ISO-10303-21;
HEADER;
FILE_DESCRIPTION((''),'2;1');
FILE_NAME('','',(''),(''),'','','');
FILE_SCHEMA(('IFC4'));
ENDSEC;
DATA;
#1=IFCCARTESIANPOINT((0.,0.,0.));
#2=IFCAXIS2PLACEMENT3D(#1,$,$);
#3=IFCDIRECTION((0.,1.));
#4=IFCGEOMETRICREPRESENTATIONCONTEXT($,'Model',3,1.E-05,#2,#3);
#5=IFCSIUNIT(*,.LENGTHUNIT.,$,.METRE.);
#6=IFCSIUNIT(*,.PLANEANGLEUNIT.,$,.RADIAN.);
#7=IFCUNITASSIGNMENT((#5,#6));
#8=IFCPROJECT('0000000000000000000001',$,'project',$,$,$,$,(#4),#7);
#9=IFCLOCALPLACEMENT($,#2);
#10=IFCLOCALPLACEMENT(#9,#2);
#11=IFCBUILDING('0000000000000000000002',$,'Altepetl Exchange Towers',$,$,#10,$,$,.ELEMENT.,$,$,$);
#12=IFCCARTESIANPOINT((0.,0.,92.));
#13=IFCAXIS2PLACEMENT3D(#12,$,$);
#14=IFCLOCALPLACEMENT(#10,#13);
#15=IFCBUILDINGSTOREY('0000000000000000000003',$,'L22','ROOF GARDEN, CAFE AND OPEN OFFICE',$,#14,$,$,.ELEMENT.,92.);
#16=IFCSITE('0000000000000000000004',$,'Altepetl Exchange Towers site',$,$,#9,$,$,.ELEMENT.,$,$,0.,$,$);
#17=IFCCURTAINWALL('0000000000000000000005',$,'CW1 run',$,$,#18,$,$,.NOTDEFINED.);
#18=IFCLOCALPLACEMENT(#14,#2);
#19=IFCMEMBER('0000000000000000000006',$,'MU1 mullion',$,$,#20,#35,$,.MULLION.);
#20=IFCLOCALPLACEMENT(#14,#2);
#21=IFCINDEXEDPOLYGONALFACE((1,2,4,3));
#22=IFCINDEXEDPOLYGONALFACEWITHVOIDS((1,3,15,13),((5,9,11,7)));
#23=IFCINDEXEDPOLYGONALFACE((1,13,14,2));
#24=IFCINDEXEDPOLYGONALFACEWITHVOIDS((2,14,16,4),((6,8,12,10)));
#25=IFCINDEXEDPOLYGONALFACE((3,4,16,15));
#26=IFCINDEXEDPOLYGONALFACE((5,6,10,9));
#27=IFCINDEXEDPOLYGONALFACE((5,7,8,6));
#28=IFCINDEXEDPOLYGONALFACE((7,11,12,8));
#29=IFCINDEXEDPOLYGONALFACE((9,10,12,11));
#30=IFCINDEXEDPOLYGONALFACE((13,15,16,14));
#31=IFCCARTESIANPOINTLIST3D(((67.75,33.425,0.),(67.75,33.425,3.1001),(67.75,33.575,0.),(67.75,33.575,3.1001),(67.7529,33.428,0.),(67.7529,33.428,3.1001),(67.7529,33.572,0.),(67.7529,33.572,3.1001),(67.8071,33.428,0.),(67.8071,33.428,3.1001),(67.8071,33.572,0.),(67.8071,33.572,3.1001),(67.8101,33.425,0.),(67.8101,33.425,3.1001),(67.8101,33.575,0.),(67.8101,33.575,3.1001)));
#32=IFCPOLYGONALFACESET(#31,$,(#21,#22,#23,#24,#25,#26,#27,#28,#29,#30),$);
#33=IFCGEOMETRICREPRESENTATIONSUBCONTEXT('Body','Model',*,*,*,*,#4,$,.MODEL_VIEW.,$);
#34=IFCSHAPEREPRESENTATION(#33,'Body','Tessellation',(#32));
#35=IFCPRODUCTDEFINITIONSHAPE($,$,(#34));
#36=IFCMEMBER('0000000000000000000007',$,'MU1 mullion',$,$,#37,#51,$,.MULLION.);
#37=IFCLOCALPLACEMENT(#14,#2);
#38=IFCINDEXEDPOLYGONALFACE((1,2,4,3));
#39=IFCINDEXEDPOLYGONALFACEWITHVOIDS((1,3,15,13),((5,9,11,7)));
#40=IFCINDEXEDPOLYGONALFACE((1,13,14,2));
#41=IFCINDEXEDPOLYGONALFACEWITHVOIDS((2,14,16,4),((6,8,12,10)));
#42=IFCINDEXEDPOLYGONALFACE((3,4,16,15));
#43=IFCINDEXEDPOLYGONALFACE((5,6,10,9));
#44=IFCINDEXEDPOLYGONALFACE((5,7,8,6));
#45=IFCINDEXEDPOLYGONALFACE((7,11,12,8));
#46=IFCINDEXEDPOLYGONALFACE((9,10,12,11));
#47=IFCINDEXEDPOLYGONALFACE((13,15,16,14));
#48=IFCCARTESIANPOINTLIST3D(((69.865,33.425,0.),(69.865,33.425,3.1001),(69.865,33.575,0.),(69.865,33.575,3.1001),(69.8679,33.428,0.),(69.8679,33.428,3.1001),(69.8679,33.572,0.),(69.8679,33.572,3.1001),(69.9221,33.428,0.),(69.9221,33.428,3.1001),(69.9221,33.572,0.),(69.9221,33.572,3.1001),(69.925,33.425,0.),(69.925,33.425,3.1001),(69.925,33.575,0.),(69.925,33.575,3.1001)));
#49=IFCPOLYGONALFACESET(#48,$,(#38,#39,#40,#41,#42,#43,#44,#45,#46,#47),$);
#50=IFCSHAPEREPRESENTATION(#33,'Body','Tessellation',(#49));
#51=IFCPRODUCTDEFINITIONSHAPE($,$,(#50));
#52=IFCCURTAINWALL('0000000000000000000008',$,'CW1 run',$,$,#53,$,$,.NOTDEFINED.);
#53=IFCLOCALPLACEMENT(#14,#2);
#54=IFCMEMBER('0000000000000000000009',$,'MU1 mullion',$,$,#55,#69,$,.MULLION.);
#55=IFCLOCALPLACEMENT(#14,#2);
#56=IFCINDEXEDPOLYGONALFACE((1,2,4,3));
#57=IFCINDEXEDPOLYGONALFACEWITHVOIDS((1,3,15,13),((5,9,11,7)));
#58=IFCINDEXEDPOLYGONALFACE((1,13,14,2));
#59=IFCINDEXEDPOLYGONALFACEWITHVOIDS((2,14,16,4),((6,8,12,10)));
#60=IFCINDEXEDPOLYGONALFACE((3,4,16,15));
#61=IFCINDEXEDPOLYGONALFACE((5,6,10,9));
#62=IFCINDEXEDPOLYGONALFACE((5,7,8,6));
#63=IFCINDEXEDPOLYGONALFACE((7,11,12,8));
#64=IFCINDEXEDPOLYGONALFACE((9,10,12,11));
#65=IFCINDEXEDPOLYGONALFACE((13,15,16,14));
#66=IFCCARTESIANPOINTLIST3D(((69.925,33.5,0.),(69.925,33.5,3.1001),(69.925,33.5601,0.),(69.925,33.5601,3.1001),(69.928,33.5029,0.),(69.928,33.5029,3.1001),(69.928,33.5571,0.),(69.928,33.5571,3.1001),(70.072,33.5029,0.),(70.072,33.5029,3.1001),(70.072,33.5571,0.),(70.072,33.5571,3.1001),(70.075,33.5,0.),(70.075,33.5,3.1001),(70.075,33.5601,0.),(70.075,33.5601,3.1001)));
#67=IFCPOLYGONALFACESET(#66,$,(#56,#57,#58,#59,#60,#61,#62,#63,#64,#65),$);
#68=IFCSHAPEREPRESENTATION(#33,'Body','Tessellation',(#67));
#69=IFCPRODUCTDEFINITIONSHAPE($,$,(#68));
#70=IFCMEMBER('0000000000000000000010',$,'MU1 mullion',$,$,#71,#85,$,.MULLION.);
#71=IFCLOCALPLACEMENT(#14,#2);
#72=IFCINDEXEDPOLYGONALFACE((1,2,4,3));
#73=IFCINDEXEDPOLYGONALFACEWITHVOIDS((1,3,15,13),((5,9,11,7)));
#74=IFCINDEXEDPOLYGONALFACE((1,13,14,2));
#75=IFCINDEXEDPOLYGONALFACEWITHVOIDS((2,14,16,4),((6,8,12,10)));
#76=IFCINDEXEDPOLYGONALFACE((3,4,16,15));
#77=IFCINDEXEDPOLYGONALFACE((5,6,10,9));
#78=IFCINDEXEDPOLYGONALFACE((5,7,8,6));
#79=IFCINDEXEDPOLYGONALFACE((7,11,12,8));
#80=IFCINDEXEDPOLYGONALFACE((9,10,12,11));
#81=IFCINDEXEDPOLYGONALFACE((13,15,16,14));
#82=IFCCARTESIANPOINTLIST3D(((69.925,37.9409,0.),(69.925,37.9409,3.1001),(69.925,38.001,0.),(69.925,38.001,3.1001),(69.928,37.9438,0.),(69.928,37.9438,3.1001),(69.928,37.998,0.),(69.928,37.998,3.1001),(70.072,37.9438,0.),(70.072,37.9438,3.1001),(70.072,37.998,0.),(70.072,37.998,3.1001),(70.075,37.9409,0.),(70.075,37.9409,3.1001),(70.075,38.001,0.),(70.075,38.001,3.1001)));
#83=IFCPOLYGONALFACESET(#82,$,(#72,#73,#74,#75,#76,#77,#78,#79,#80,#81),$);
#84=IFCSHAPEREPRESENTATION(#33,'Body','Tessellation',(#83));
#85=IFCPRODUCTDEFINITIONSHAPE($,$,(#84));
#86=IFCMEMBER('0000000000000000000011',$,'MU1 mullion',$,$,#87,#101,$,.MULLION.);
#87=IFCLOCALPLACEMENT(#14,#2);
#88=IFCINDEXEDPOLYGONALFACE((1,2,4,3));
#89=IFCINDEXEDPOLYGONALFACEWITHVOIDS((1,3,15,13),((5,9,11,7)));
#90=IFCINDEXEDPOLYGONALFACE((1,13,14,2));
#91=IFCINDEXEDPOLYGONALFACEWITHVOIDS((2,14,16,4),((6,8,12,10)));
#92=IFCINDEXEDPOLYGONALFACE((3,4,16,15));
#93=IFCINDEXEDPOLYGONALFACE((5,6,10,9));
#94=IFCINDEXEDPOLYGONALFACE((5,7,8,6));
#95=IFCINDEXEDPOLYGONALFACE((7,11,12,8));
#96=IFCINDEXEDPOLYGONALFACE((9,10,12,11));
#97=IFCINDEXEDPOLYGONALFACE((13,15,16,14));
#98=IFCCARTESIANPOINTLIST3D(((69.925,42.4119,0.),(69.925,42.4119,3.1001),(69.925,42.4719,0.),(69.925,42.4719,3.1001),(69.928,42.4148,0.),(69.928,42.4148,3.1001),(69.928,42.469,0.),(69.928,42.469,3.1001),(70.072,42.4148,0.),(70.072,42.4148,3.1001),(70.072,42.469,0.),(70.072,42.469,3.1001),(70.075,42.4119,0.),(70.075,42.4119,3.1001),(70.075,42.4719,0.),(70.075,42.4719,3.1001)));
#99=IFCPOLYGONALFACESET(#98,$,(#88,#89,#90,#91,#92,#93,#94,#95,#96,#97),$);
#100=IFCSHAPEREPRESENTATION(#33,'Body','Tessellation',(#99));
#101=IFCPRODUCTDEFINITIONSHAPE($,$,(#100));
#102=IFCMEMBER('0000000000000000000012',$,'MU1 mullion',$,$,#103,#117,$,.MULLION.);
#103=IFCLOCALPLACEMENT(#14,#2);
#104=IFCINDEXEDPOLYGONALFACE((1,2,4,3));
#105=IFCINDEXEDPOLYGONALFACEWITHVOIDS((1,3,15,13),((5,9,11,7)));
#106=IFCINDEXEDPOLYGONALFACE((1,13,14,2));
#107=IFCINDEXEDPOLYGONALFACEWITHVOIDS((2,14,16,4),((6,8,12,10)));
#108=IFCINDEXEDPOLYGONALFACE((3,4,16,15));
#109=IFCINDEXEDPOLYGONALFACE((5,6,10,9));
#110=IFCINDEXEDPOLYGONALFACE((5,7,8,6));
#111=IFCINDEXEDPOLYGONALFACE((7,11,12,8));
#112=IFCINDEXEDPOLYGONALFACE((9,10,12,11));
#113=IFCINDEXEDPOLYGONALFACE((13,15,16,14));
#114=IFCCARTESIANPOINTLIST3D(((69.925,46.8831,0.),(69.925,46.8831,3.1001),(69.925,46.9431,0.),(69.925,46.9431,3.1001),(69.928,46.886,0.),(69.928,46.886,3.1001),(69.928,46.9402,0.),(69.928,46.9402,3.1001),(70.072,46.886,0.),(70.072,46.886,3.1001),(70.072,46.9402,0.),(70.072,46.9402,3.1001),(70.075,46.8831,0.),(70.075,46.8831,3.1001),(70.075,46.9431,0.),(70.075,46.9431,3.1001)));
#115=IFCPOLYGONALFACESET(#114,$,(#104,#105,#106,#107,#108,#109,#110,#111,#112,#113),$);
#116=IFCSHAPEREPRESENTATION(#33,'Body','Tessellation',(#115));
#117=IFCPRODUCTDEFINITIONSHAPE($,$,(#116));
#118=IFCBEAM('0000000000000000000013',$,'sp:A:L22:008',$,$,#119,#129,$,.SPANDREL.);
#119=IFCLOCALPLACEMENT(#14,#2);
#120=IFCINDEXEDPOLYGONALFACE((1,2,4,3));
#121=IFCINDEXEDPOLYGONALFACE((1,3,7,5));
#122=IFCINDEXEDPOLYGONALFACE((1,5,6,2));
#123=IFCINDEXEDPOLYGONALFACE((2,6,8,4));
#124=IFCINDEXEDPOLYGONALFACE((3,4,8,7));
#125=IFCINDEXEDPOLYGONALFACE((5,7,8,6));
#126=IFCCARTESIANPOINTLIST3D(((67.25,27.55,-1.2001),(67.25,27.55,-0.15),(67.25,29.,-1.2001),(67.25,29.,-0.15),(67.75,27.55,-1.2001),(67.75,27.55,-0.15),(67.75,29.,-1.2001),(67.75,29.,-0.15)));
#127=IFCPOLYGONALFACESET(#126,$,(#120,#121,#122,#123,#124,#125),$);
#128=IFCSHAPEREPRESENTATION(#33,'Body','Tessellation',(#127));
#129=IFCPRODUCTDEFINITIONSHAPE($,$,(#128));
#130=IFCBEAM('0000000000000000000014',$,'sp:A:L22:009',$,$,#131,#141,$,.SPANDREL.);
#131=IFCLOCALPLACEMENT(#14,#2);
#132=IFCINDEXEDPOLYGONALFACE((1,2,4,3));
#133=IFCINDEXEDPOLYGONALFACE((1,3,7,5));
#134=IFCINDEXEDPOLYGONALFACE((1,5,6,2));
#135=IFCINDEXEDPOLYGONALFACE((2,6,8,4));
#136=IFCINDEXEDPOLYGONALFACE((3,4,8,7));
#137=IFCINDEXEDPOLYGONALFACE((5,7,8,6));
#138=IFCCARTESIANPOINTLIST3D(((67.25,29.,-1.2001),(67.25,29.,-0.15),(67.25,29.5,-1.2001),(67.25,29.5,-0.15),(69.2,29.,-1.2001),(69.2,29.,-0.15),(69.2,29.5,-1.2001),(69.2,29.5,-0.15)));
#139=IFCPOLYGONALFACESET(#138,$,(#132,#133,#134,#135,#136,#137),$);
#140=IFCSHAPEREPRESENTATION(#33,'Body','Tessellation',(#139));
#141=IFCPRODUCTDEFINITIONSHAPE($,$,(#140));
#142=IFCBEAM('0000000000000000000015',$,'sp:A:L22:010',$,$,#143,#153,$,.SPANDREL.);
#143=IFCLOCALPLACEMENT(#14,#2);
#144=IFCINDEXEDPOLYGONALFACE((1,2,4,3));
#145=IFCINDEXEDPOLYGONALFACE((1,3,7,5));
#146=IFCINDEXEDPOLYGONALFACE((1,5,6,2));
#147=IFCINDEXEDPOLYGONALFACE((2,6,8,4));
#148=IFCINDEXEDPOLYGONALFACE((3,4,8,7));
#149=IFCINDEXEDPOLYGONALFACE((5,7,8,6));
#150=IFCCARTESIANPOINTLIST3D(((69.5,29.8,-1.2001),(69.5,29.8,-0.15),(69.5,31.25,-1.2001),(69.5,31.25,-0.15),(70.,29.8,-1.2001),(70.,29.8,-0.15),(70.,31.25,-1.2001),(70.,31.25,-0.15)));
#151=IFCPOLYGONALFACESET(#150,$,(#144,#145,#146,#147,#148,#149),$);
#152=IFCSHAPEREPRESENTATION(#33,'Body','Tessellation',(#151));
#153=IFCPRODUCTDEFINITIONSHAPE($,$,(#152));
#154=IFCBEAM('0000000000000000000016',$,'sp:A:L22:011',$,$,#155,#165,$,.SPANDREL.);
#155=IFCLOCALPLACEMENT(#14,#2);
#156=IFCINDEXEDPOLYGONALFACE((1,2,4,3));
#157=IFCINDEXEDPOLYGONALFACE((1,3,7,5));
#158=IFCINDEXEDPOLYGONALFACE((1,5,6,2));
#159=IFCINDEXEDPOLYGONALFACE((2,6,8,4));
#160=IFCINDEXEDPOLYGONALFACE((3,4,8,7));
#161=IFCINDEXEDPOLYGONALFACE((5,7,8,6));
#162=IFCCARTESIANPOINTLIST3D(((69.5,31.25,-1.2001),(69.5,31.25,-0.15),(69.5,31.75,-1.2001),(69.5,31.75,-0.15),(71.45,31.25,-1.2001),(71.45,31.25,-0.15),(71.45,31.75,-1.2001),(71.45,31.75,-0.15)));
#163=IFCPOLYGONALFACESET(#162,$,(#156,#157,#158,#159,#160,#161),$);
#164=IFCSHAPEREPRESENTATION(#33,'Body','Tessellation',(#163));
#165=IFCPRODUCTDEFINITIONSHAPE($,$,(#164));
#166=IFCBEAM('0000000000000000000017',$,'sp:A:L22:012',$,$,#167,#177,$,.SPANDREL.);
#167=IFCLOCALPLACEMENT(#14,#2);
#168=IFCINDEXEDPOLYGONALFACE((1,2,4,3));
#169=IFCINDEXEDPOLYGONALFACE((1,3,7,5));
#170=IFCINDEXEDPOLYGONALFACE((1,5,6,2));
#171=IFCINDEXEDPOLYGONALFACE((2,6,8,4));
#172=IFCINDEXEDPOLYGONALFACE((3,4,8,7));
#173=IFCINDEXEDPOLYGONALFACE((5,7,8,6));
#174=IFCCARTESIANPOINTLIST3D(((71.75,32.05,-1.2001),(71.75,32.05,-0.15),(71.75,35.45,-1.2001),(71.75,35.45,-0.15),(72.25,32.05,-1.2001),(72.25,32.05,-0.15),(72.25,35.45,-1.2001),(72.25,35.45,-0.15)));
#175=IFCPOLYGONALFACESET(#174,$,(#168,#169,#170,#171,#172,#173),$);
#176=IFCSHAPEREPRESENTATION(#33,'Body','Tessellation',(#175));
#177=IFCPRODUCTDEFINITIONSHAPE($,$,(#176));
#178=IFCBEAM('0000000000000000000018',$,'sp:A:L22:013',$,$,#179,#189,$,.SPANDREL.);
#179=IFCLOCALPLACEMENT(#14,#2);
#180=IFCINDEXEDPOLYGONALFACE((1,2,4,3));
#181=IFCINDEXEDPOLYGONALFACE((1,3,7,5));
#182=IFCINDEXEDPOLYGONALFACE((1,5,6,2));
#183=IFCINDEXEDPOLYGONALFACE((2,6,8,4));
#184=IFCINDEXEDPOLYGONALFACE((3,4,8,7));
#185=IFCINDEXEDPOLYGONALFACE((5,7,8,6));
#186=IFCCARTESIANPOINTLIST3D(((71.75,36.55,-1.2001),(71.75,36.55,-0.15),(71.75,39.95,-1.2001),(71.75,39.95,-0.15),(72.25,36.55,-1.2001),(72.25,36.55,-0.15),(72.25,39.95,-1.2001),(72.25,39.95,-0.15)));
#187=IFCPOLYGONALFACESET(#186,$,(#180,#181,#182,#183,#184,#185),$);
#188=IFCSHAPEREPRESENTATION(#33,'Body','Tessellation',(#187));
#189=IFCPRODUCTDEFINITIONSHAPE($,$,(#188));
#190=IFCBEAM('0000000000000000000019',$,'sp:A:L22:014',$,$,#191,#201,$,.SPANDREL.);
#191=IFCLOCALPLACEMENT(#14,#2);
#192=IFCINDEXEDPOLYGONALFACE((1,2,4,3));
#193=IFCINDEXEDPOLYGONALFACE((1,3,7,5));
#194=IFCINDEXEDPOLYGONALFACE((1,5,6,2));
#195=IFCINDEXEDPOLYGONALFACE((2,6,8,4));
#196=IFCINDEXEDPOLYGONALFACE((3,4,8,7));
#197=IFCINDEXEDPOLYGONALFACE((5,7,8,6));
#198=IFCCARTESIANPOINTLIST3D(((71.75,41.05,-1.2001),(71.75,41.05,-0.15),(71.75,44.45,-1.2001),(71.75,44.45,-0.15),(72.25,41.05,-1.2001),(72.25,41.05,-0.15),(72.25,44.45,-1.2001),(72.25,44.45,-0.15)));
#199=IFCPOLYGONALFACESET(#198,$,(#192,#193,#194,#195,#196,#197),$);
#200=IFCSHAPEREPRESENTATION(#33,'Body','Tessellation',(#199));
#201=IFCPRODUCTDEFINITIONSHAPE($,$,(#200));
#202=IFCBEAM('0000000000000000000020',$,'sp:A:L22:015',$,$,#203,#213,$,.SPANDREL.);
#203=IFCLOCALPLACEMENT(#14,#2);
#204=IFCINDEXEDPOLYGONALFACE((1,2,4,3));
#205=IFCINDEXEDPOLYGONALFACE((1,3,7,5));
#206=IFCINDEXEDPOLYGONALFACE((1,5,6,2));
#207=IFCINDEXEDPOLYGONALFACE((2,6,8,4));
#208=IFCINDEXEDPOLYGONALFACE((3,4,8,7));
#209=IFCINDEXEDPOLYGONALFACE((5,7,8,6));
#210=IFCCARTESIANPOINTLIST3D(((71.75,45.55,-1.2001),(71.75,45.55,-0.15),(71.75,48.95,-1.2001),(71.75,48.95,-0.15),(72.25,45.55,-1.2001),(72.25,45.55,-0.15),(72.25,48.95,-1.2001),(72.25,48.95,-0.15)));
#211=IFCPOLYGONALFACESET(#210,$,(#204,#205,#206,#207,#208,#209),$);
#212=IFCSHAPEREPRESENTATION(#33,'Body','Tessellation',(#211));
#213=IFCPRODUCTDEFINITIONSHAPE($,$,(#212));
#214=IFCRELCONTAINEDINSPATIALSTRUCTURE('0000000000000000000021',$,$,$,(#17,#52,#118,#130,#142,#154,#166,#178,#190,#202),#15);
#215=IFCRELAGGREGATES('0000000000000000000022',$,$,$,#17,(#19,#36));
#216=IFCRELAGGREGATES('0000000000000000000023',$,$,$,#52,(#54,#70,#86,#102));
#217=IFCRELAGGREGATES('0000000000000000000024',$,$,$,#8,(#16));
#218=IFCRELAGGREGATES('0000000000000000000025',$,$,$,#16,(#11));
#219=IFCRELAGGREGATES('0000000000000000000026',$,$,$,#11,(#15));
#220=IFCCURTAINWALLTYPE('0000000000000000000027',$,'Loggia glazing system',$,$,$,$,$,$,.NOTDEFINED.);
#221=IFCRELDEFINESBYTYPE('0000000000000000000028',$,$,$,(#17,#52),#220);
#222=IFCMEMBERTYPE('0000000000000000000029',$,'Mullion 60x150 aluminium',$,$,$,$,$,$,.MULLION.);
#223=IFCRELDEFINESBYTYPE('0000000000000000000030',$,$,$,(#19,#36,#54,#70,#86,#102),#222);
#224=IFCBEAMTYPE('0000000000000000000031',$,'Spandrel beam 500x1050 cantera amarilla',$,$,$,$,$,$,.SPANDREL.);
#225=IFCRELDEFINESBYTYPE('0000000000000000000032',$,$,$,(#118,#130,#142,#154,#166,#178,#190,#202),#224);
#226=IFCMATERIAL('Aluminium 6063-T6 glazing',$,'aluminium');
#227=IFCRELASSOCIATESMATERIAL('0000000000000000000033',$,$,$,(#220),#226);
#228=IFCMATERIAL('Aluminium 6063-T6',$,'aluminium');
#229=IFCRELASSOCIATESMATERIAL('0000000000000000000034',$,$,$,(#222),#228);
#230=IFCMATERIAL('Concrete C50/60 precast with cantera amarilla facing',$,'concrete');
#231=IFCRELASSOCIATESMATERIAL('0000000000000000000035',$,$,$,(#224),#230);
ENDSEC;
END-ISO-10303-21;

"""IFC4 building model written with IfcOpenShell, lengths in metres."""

from ifc_helpers import new_model, si_unit, direction, frame, origin, origin_2d, place, context, subcontext, project, spatial, rectangle, hollow_rectangle, extrude, material, material_profile, profile_set, type_object, element, aggregate, save


model = new_model("IFC4")

# Units and contexts
model_context = context("Model", 3, precision=1e-05, world=origin(), true_north=direction((0.0, 1.0)))
body_context = subcontext(model_context, "Body", "Model", "MODEL_VIEW")
ifc_project = project(units=[si_unit("LENGTHUNIT", "METRE"), si_unit("PLANEANGLEUNIT", "RADIAN")], contexts=[model_context])

# Site, building, storey
site_placement = place(None, origin())
site = spatial("IfcSite", under=ifc_project, at=site_placement, Name="Altepetl Exchange Towers site", CompositionType="ELEMENT", RefElevation=0.0)
building_placement = place(site_placement, origin())
building = spatial("IfcBuilding", under=site, at=building_placement, Name="Altepetl Exchange Towers", CompositionType="ELEMENT")
storey_placement = place(building_placement, frame((0.0, 0.0, 92.0)))
storey = spatial("IfcBuildingStorey", under=building, at=storey_placement, Name="L22", Description="ROOF GARDEN, CAFE AND OPEN OFFICE", CompositionType="ELEMENT", Elevation=92.0)

# Curtain walls, members
ifc_material_1 = material(Name="Aluminium 6063-T6 glazing", Category="aluminium")
curtain_wall_type = type_object("IfcCurtainWallType", Name="Loggia glazing system", PredefinedType="NOTDEFINED", material=ifc_material_1)
ifc_material_2 = material(Name="Aluminium 6063-T6", Category="aluminium")
ifc_material_profile_1 = material_profile(ifc_material_2, hollow_rectangle(XDim=0.0601, YDim=0.1499, WallThickness=0.0029, at=origin_2d()), Name="Mullion 60x150 aluminium")
ifc_profile_set_1 = profile_set([ifc_material_profile_1], Name="Aluminium 6063-T6")
member_type = type_object("IfcMemberType", Name="Mullion 60x150 aluminium", PredefinedType="MULLION", material=ifc_profile_set_1)
curtain_wall_1_placement = place(storey_placement, origin())
curtain_wall_1 = element("IfcCurtainWall", 1, at=curtain_wall_1_placement, inside=storey, type_object=curtain_wall_type, Name="CW1 run", PredefinedType="NOTDEFINED")
member_1_placement = place(storey_placement, frame((67.78, 33.5, 0.0)))
member_1 = element("IfcMember", 2, at=member_1_placement, type_object=member_type, Name="MU1 mullion", PredefinedType="MULLION", context=body_context, shape_type="SweptSolid", body=[
    extrude(hollow_rectangle(XDim=0.0601, YDim=0.1499, WallThickness=0.0029, at=origin_2d()), origin(), (0.0, 0.0, 1.0), 3.1001),
])
member_2_placement = place(storey_placement, frame((69.895, 33.5, 0.0)))
member_2 = element("IfcMember", 3, at=member_2_placement, type_object=member_type, Name="MU1 mullion", PredefinedType="MULLION", context=body_context, shape_type="SweptSolid", body=[
    extrude(hollow_rectangle(XDim=0.0601, YDim=0.1499, WallThickness=0.0029, at=origin_2d()), origin(), (0.0, 0.0, 1.0), 3.1001),
])
curtain_wall_2_placement = place(storey_placement, origin())
curtain_wall_2 = element("IfcCurtainWall", 4, at=curtain_wall_2_placement, inside=storey, type_object=curtain_wall_type, Name="CW1 run", PredefinedType="NOTDEFINED")
member_3_placement = place(storey_placement, frame((70.0, 33.53, 0.0), z_axis=(0.0, 0.0, 1.0), x_axis=(0.0, 1.0, 0.0)))
member_3 = element("IfcMember", 5, at=member_3_placement, type_object=member_type, Name="MU1 mullion", PredefinedType="MULLION", context=body_context, shape_type="SweptSolid", body=[
    extrude(hollow_rectangle(XDim=0.0601, YDim=0.1499, WallThickness=0.0029, at=origin_2d()), origin(), (0.0, 0.0, 1.0), 3.1001),
])
member_4_placement = place(storey_placement, frame((70.0, 37.9709, 0.0), z_axis=(0.0, 0.0, 1.0), x_axis=(0.0, 1.0, 0.0)))
member_4 = element("IfcMember", 6, at=member_4_placement, type_object=member_type, Name="MU1 mullion", PredefinedType="MULLION", context=body_context, shape_type="SweptSolid", body=[
    extrude(hollow_rectangle(XDim=0.0601, YDim=0.1499, WallThickness=0.0029, at=origin_2d()), origin(), (0.0, 0.0, 1.0), 3.1001),
])
member_5_placement = place(storey_placement, frame((70.0, 42.4419, 0.0), z_axis=(0.0, 0.0, 1.0), x_axis=(0.0, 1.0, 0.0)))
member_5 = element("IfcMember", 7, at=member_5_placement, type_object=member_type, Name="MU1 mullion", PredefinedType="MULLION", context=body_context, shape_type="SweptSolid", body=[
    extrude(hollow_rectangle(XDim=0.0601, YDim=0.1499, WallThickness=0.0029, at=origin_2d()), origin(), (0.0, 0.0, 1.0), 3.1001),
])
member_6_placement = place(storey_placement, frame((70.0, 46.9131, 0.0), z_axis=(0.0, 0.0, 1.0), x_axis=(0.0, 1.0, 0.0)))
member_6 = element("IfcMember", 8, at=member_6_placement, type_object=member_type, Name="MU1 mullion", PredefinedType="MULLION", context=body_context, shape_type="SweptSolid", body=[
    extrude(hollow_rectangle(XDim=0.0601, YDim=0.1499, WallThickness=0.0029, at=origin_2d()), origin(), (0.0, 0.0, 1.0), 3.1001),
])

# Beams
ifc_material_3 = material(Name="Concrete C50/60 precast with cantera amarilla facing", Category="concrete")
ifc_material_profile_2 = material_profile(ifc_material_3, rectangle(XDim=0.5, YDim=1.05, at=origin_2d()), Name="500 x 1050")
ifc_profile_set_2 = profile_set([ifc_material_profile_2], Name="Concrete C50/60 precast with cantera amarilla facing")
beam_type_1 = type_object("IfcBeamType", Name="Spandrel beam 500x1050 cantera amarilla", PredefinedType="SPANDREL", material=ifc_profile_set_2)
beam_1_placement = place(storey_placement, frame((67.5, 27.55, -0.675), z_axis=(0.0, 1.0, 0.0), x_axis=(-1.0, 0.0, 0.0)))
element("IfcBeam", 9, at=beam_1_placement, inside=storey, type_object=beam_type_1, Name="sp:A:L22:008", PredefinedType="SPANDREL", context=body_context, shape_type="SweptSolid", body=[
    extrude(rectangle(XDim=0.5, YDim=1.05, at=origin_2d()), origin(), (0.0, 0.0, 1.0), 1.45),
])
beam_2_placement = place(storey_placement, frame((67.25, 29.25, -0.675), z_axis=(1.0, 0.0, 0.0), x_axis=(0.0, 1.0, 0.0)))
element("IfcBeam", 10, at=beam_2_placement, inside=storey, type_object=beam_type_1, Name="sp:A:L22:009", PredefinedType="SPANDREL", context=body_context, shape_type="SweptSolid", body=[
    extrude(rectangle(XDim=0.5, YDim=1.05, at=origin_2d()), origin(), (0.0, 0.0, 1.0), 1.95),
])
beam_3_placement = place(storey_placement, frame((69.75, 29.8, -0.675), z_axis=(0.0, 1.0, 0.0), x_axis=(-1.0, 0.0, 0.0)))
element("IfcBeam", 11, at=beam_3_placement, inside=storey, type_object=beam_type_1, Name="sp:A:L22:010", PredefinedType="SPANDREL", context=body_context, shape_type="SweptSolid", body=[
    extrude(rectangle(XDim=0.5, YDim=1.05, at=origin_2d()), origin(), (0.0, 0.0, 1.0), 1.45),
])
beam_4_placement = place(storey_placement, frame((69.5, 31.5, -0.675), z_axis=(1.0, 0.0, 0.0), x_axis=(0.0, 1.0, 0.0)))
element("IfcBeam", 12, at=beam_4_placement, inside=storey, type_object=beam_type_1, Name="sp:A:L22:011", PredefinedType="SPANDREL", context=body_context, shape_type="SweptSolid", body=[
    extrude(rectangle(XDim=0.5, YDim=1.05, at=origin_2d()), origin(), (0.0, 0.0, 1.0), 1.95),
])
for number, where, z_axis, x_axis, name in (
    (13, (72.0, 32.05, -0.675), (0.0, 1.0, 0.0), (-1.0, 0.0, 0.0), "sp:A:L22:012"),
    (14, (72.0, 36.55, -0.675), (0.0, 1.0, 0.0), (-1.0, 0.0, 0.0), "sp:A:L22:013"),
    (15, (72.0, 41.05, -0.675), (0.0, 1.0, 0.0), (-1.0, 0.0, 0.0), "sp:A:L22:014"),
    (16, (72.0, 45.55, -0.675), (0.0, 1.0, 0.0), (-1.0, 0.0, 0.0), "sp:A:L22:015"),
):
    element("IfcBeam", number, at=place(storey_placement, frame(where, z_axis=z_axis, x_axis=x_axis)), inside=storey, type_object=beam_type_1, Name=name, PredefinedType="SPANDREL", context=body_context, shape_type="SweptSolid", body=[
        extrude(rectangle(XDim=0.5, YDim=1.05, at=origin_2d()), origin(), (0.0, 0.0, 1.0), 3.3999),
    ])

aggregate(curtain_wall_1, [member_1, member_2])
aggregate(curtain_wall_2, [member_3, member_4, member_5, member_6])

save(model, "model.ifc")
